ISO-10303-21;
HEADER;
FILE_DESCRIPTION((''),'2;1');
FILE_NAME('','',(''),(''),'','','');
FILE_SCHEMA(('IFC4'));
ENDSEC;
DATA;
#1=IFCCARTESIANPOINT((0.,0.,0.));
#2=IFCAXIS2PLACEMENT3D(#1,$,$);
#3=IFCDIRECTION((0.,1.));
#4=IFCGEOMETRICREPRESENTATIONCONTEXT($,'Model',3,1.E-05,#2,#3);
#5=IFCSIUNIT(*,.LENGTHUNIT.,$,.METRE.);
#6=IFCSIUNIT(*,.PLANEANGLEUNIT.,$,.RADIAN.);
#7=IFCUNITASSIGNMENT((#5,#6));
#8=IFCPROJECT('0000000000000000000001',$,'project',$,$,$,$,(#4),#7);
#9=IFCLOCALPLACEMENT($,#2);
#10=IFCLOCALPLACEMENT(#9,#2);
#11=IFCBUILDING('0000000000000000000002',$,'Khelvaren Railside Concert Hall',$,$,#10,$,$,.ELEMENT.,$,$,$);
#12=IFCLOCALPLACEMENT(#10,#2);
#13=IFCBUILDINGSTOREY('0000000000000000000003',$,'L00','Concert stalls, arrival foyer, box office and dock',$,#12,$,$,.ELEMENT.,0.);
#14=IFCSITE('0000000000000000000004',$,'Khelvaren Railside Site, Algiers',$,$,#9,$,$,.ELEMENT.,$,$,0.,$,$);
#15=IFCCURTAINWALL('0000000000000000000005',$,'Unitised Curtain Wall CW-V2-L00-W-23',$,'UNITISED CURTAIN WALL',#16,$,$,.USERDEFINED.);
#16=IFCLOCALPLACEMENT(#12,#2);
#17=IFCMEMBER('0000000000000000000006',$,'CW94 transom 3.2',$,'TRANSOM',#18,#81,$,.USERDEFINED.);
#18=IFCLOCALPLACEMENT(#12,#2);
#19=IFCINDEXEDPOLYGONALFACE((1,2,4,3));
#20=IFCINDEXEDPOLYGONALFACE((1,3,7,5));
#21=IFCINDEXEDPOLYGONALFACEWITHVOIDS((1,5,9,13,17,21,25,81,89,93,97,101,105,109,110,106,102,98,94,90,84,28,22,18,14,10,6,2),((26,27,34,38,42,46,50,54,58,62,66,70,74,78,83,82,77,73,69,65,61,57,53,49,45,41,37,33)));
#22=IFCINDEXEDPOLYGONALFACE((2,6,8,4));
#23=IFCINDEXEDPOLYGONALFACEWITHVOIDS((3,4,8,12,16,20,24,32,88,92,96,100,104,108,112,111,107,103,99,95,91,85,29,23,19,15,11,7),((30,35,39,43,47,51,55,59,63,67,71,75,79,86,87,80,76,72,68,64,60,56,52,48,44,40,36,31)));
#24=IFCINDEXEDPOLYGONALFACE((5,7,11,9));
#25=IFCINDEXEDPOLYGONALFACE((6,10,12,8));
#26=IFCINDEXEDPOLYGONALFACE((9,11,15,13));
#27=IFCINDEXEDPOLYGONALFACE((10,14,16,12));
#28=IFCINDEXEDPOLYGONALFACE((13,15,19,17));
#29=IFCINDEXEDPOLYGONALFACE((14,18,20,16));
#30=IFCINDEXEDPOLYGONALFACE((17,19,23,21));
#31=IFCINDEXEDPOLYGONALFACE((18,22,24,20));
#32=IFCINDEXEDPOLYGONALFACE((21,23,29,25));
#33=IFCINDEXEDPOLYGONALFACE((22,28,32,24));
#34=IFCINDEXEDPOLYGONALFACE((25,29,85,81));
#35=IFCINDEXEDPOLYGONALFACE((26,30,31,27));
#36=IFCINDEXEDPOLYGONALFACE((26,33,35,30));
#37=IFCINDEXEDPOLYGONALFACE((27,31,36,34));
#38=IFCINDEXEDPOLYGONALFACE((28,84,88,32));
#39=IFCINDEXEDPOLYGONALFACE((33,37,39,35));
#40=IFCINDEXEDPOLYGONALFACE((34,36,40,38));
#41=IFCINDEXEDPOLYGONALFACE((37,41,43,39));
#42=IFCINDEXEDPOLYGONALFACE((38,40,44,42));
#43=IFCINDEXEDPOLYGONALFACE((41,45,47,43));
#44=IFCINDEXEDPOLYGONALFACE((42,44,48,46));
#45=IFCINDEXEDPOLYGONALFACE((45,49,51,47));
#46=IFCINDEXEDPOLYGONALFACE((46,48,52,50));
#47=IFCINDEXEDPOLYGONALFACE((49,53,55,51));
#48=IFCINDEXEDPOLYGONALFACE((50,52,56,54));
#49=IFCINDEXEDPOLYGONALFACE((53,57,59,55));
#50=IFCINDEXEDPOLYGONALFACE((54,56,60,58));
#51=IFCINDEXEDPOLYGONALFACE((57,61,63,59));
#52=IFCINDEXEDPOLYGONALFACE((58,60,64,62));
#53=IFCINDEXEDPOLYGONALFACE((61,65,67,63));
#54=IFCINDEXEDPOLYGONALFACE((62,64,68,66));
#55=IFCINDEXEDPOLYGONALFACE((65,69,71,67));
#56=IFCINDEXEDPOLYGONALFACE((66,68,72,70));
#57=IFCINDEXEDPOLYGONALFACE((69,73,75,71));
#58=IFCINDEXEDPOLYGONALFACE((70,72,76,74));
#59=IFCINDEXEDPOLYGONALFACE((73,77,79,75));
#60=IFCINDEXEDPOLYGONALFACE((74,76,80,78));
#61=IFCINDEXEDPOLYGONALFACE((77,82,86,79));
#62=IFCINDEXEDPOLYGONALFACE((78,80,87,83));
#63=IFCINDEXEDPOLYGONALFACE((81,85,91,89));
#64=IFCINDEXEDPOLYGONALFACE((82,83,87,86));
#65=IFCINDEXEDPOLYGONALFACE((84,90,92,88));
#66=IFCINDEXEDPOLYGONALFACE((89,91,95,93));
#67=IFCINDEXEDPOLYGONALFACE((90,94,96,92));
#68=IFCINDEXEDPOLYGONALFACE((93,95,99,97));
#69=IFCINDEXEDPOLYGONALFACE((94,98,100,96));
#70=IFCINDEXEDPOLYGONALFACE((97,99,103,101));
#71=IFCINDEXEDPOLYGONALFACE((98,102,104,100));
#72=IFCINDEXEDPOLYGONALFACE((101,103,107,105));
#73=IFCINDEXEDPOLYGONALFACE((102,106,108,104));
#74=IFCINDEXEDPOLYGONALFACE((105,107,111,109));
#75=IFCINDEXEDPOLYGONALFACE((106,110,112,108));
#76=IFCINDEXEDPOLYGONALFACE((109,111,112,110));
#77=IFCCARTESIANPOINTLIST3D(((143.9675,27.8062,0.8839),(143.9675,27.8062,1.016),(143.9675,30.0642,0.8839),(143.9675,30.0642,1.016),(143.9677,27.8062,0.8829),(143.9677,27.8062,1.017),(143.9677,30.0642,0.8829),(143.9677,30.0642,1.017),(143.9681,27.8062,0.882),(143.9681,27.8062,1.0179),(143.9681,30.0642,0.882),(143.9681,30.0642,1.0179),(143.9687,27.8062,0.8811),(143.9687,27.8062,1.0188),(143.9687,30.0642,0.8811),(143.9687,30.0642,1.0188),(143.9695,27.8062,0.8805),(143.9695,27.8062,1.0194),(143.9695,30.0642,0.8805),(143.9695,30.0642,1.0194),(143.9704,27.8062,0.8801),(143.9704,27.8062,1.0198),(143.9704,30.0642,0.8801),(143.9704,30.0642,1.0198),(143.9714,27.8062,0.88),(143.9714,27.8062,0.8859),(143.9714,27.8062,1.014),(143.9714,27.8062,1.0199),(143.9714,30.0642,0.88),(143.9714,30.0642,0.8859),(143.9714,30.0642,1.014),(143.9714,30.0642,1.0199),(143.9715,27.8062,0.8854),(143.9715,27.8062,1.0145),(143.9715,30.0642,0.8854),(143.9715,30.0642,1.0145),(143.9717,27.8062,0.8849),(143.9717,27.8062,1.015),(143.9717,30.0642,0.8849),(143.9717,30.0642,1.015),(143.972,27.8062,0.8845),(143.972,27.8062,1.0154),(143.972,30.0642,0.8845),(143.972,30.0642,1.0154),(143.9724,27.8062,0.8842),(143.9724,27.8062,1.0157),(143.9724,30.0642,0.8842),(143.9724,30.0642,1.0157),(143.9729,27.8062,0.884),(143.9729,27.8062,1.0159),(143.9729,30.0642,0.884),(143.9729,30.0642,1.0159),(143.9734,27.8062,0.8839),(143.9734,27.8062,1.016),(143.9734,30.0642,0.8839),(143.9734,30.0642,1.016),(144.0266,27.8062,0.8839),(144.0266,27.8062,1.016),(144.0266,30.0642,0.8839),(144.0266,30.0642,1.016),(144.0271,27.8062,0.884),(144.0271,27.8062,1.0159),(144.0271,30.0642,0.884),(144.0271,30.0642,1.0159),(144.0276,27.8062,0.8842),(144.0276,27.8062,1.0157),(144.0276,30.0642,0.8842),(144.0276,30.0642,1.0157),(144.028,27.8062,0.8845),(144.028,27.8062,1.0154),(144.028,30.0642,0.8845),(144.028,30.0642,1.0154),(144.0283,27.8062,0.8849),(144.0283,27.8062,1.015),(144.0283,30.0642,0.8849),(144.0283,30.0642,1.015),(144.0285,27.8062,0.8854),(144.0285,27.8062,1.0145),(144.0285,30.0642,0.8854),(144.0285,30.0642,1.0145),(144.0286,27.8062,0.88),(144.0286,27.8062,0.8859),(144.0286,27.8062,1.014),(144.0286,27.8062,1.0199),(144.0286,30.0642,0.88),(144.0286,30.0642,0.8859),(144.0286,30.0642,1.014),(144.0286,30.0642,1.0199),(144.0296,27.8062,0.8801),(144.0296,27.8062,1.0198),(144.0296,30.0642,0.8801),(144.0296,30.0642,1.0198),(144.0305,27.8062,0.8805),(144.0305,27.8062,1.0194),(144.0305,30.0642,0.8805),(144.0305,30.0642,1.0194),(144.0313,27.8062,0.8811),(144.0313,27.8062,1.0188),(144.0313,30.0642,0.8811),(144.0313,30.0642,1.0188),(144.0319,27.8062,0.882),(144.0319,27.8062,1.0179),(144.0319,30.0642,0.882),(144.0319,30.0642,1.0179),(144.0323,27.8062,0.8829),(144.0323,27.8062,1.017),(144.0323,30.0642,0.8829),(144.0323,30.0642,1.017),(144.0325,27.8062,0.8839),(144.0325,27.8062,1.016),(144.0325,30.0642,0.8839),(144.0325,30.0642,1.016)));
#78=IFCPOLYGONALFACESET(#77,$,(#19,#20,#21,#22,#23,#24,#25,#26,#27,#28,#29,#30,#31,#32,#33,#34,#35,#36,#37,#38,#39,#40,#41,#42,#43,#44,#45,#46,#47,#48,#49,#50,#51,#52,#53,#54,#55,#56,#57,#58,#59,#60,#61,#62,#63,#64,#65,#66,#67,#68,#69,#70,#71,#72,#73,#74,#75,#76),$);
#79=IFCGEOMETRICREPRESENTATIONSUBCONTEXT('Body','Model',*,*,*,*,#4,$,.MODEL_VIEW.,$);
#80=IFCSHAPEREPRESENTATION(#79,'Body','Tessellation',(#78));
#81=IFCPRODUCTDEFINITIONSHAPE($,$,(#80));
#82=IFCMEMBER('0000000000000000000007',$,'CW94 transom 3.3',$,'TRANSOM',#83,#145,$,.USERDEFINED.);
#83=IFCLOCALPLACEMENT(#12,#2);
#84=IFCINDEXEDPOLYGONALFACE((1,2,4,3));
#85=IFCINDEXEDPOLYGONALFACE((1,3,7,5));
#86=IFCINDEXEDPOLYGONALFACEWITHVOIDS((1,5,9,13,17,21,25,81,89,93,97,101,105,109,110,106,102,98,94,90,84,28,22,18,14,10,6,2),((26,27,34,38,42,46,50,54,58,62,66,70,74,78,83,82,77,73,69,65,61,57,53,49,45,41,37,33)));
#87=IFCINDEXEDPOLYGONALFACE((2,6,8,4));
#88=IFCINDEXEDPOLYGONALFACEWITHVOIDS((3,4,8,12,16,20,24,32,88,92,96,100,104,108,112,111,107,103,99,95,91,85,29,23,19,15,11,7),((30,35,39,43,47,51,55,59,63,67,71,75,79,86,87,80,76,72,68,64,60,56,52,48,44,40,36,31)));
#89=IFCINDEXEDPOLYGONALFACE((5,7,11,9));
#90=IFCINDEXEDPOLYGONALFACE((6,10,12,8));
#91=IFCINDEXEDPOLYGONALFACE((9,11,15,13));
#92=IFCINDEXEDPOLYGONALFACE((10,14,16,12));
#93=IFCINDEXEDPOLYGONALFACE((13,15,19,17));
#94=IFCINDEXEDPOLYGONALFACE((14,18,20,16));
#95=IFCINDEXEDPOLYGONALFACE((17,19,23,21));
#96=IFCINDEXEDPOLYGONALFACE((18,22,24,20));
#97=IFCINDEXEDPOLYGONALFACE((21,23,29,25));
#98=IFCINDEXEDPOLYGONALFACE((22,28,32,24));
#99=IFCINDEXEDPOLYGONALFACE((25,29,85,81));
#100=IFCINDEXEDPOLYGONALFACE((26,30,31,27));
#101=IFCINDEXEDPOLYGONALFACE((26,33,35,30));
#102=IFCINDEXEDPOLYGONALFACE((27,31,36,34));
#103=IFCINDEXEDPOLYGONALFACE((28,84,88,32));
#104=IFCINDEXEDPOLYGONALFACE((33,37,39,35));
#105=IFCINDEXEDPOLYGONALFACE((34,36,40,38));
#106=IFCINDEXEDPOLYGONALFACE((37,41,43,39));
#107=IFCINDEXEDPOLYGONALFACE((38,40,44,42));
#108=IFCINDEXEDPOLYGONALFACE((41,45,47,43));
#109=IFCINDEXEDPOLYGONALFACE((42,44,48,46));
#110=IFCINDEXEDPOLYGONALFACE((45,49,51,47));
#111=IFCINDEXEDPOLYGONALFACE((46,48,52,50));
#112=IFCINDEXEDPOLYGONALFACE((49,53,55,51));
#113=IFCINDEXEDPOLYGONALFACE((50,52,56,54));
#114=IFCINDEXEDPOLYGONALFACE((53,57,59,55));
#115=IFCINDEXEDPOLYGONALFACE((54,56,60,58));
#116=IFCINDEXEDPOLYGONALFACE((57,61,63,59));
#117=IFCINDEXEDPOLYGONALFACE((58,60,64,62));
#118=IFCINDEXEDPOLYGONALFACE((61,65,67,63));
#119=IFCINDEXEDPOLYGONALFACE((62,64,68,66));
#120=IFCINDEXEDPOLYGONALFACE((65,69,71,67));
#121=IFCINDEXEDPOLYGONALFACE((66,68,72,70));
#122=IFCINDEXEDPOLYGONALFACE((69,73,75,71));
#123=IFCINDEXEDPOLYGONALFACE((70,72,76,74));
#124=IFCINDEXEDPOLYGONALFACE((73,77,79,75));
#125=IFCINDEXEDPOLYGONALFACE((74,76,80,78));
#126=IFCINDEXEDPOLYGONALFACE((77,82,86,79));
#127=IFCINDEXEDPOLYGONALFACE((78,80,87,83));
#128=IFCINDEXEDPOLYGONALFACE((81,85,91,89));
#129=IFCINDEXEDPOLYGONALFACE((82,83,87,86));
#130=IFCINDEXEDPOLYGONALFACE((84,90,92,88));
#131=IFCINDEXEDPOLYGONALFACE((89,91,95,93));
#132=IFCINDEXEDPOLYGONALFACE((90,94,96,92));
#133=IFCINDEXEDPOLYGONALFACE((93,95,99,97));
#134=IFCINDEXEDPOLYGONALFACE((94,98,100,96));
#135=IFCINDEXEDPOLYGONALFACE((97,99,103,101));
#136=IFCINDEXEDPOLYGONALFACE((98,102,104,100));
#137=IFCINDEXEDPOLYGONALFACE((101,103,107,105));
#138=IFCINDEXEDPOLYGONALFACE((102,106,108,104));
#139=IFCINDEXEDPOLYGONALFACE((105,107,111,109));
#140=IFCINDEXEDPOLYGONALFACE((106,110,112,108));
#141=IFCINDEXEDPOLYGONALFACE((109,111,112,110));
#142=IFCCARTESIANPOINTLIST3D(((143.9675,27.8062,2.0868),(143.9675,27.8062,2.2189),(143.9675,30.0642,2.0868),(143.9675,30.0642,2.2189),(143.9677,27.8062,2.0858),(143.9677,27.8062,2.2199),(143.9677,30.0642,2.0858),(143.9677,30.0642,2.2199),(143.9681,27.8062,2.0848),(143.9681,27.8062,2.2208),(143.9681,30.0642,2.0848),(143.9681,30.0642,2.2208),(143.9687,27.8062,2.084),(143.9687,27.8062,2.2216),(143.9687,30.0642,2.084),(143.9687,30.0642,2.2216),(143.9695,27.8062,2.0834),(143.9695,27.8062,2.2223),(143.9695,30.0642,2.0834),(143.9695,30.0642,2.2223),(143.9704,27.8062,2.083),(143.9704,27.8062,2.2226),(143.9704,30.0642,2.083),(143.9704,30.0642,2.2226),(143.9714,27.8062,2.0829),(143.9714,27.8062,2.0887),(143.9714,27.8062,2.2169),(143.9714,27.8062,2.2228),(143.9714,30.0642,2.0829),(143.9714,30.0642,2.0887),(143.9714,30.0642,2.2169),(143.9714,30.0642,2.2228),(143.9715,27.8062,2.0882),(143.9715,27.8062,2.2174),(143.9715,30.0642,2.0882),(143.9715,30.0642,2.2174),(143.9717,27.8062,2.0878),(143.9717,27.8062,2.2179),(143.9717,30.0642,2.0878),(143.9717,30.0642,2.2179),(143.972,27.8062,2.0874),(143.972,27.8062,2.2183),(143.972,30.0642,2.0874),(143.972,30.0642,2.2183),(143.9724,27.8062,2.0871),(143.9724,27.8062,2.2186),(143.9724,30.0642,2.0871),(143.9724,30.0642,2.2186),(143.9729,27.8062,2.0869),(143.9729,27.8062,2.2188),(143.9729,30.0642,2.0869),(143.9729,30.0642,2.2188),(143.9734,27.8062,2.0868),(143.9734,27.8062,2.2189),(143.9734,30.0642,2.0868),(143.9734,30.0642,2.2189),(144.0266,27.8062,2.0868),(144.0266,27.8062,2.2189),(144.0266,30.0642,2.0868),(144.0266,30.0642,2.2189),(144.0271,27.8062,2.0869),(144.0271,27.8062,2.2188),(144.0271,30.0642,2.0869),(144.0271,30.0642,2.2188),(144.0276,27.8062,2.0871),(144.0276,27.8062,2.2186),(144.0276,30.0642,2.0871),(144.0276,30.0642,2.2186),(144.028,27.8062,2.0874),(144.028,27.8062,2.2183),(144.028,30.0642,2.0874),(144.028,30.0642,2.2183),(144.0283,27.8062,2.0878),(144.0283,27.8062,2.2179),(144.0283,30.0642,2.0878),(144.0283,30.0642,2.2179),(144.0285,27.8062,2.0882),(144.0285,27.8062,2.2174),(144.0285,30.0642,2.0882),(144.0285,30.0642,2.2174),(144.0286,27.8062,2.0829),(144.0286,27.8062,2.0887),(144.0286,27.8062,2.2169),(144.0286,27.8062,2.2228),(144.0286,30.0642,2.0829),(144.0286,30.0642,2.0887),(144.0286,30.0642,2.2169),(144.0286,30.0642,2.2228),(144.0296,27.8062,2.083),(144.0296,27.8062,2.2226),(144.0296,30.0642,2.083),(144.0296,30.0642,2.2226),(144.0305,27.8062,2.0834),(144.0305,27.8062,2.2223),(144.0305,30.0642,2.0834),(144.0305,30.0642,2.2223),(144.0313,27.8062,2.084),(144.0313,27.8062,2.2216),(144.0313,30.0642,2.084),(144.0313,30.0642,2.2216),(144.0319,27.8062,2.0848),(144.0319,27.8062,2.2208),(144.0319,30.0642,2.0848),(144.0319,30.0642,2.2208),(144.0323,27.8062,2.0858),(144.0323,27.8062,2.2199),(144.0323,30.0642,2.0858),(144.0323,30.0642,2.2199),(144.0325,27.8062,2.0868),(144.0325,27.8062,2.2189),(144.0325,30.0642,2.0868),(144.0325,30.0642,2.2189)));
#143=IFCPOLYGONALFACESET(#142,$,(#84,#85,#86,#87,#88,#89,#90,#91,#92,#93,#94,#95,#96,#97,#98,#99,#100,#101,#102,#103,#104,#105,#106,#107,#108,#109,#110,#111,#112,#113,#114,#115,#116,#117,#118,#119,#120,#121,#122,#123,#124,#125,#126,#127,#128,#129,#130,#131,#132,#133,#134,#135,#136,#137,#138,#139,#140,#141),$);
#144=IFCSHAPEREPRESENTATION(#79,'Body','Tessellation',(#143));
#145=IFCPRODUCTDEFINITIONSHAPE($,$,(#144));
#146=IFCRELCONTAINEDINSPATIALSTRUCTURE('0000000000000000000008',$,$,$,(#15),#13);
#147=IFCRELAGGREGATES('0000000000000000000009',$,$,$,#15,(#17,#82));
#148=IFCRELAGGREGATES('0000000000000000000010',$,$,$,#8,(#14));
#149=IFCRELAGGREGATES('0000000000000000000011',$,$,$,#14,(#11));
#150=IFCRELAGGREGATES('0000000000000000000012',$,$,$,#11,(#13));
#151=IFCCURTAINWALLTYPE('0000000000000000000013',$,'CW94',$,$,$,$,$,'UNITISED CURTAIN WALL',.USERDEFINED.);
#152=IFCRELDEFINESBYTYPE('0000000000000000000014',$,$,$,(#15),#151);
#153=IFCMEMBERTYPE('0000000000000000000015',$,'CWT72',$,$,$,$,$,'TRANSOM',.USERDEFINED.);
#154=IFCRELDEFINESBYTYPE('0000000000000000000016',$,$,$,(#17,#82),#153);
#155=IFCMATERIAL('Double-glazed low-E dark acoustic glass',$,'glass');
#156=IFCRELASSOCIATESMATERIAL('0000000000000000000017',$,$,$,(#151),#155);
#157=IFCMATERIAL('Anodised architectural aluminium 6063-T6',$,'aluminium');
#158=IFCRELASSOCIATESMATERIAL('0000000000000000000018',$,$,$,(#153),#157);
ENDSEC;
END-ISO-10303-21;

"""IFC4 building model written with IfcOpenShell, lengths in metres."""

from ifc_helpers import new_model, si_unit, direction, frame, origin, origin_2d, place, context, subcontext, project, spatial, hollow_rectangle, extrude, material, material_profile, profile_set, type_object, element, aggregate, save


model = new_model("IFC4")

# Units and contexts
model_context = context("Model", 3, precision=1e-05, world=origin(), true_north=direction((0.0, 1.0)))
body_context = subcontext(model_context, "Body", "Model", "MODEL_VIEW")
ifc_project = project(units=[si_unit("LENGTHUNIT", "METRE"), si_unit("PLANEANGLEUNIT", "RADIAN")], contexts=[model_context])

# Site, building, storey
site_placement = place(None, origin())
site = spatial("IfcSite", under=ifc_project, at=site_placement, Name="Khelvaren Railside Site, Algiers", CompositionType="ELEMENT", RefElevation=0.0)
building_placement = place(site_placement, origin())
building = spatial("IfcBuilding", under=site, at=building_placement, Name="Khelvaren Railside Concert Hall", CompositionType="ELEMENT")
storey_placement = place(building_placement, origin())
storey = spatial("IfcBuildingStorey", under=building, at=storey_placement, Name="L00", Description="Concert stalls, arrival foyer, box office and dock", CompositionType="ELEMENT", Elevation=0.0)

# Curtain wall, members
ifc_material_1 = material(Name="Anodised architectural aluminium 6063-T6", Category="aluminium")
ifc_material_2 = material(Name="Double-glazed low-E dark acoustic glass", Category="glass")
curtain_wall_type_1 = type_object("IfcCurtainWallType", Name="CW94", ElementType="UNITISED CURTAIN WALL", PredefinedType="USERDEFINED", material=ifc_material_2)
curtain_wall_1_placement = place(storey_placement, origin())
curtain_wall_1 = element("IfcCurtainWall", 1, at=curtain_wall_1_placement, inside=storey, type_object=curtain_wall_type_1, Name="Unitised Curtain Wall CW-V2-L00-W-23", ObjectType="UNITISED CURTAIN WALL", PredefinedType="USERDEFINED")
ifc_material_profile_1 = material_profile(ifc_material_1, hollow_rectangle(XDim=0.0649, YDim=0.1399, WallThickness=0.0039, InnerFilletRadius=0.002, OuterFilletRadius=0.0039, at=origin_2d()), Name="CWT 65x140x4")
ifc_profile_set_1 = profile_set([ifc_material_profile_1], Name="Anodised architectural aluminium 6063-T6")
member_type_1 = type_object("IfcMemberType", Name="CWT72", ElementType="TRANSOM", PredefinedType="USERDEFINED", material=ifc_profile_set_1)
member_1_placement = place(storey_placement, frame((144.0, 27.8062, 0.95), z_axis=(0.0, 1.0, 0.0), x_axis=(-1.0, 0.0, 0.0)))
member_1 = element("IfcMember", 2, at=member_1_placement, type_object=member_type_1, Name="CW94 transom 3.2", ObjectType="TRANSOM", PredefinedType="USERDEFINED", context=body_context, shape_type="SweptSolid", body=[
    extrude(hollow_rectangle(XDim=0.0649, YDim=0.1399, WallThickness=0.0039, InnerFilletRadius=0.002, OuterFilletRadius=0.0039, at=origin_2d()), origin(), (0.0, 0.0, 1.0), 2.2581),
])
member_2_placement = place(storey_placement, frame((144.0, 27.8062, 2.1528), z_axis=(0.0, 1.0, 0.0), x_axis=(-1.0, 0.0, 0.0)))
member_2 = element("IfcMember", 3, at=member_2_placement, type_object=member_type_1, Name="CW94 transom 3.3", ObjectType="TRANSOM", PredefinedType="USERDEFINED", context=body_context, shape_type="SweptSolid", body=[
    extrude(hollow_rectangle(XDim=0.0649, YDim=0.1399, WallThickness=0.0039, InnerFilletRadius=0.002, OuterFilletRadius=0.0039, at=origin_2d()), origin(), (0.0, 0.0, 1.0), 2.2581),
])

aggregate(curtain_wall_1, [member_1, member_2])

save(model, "model.ifc")
